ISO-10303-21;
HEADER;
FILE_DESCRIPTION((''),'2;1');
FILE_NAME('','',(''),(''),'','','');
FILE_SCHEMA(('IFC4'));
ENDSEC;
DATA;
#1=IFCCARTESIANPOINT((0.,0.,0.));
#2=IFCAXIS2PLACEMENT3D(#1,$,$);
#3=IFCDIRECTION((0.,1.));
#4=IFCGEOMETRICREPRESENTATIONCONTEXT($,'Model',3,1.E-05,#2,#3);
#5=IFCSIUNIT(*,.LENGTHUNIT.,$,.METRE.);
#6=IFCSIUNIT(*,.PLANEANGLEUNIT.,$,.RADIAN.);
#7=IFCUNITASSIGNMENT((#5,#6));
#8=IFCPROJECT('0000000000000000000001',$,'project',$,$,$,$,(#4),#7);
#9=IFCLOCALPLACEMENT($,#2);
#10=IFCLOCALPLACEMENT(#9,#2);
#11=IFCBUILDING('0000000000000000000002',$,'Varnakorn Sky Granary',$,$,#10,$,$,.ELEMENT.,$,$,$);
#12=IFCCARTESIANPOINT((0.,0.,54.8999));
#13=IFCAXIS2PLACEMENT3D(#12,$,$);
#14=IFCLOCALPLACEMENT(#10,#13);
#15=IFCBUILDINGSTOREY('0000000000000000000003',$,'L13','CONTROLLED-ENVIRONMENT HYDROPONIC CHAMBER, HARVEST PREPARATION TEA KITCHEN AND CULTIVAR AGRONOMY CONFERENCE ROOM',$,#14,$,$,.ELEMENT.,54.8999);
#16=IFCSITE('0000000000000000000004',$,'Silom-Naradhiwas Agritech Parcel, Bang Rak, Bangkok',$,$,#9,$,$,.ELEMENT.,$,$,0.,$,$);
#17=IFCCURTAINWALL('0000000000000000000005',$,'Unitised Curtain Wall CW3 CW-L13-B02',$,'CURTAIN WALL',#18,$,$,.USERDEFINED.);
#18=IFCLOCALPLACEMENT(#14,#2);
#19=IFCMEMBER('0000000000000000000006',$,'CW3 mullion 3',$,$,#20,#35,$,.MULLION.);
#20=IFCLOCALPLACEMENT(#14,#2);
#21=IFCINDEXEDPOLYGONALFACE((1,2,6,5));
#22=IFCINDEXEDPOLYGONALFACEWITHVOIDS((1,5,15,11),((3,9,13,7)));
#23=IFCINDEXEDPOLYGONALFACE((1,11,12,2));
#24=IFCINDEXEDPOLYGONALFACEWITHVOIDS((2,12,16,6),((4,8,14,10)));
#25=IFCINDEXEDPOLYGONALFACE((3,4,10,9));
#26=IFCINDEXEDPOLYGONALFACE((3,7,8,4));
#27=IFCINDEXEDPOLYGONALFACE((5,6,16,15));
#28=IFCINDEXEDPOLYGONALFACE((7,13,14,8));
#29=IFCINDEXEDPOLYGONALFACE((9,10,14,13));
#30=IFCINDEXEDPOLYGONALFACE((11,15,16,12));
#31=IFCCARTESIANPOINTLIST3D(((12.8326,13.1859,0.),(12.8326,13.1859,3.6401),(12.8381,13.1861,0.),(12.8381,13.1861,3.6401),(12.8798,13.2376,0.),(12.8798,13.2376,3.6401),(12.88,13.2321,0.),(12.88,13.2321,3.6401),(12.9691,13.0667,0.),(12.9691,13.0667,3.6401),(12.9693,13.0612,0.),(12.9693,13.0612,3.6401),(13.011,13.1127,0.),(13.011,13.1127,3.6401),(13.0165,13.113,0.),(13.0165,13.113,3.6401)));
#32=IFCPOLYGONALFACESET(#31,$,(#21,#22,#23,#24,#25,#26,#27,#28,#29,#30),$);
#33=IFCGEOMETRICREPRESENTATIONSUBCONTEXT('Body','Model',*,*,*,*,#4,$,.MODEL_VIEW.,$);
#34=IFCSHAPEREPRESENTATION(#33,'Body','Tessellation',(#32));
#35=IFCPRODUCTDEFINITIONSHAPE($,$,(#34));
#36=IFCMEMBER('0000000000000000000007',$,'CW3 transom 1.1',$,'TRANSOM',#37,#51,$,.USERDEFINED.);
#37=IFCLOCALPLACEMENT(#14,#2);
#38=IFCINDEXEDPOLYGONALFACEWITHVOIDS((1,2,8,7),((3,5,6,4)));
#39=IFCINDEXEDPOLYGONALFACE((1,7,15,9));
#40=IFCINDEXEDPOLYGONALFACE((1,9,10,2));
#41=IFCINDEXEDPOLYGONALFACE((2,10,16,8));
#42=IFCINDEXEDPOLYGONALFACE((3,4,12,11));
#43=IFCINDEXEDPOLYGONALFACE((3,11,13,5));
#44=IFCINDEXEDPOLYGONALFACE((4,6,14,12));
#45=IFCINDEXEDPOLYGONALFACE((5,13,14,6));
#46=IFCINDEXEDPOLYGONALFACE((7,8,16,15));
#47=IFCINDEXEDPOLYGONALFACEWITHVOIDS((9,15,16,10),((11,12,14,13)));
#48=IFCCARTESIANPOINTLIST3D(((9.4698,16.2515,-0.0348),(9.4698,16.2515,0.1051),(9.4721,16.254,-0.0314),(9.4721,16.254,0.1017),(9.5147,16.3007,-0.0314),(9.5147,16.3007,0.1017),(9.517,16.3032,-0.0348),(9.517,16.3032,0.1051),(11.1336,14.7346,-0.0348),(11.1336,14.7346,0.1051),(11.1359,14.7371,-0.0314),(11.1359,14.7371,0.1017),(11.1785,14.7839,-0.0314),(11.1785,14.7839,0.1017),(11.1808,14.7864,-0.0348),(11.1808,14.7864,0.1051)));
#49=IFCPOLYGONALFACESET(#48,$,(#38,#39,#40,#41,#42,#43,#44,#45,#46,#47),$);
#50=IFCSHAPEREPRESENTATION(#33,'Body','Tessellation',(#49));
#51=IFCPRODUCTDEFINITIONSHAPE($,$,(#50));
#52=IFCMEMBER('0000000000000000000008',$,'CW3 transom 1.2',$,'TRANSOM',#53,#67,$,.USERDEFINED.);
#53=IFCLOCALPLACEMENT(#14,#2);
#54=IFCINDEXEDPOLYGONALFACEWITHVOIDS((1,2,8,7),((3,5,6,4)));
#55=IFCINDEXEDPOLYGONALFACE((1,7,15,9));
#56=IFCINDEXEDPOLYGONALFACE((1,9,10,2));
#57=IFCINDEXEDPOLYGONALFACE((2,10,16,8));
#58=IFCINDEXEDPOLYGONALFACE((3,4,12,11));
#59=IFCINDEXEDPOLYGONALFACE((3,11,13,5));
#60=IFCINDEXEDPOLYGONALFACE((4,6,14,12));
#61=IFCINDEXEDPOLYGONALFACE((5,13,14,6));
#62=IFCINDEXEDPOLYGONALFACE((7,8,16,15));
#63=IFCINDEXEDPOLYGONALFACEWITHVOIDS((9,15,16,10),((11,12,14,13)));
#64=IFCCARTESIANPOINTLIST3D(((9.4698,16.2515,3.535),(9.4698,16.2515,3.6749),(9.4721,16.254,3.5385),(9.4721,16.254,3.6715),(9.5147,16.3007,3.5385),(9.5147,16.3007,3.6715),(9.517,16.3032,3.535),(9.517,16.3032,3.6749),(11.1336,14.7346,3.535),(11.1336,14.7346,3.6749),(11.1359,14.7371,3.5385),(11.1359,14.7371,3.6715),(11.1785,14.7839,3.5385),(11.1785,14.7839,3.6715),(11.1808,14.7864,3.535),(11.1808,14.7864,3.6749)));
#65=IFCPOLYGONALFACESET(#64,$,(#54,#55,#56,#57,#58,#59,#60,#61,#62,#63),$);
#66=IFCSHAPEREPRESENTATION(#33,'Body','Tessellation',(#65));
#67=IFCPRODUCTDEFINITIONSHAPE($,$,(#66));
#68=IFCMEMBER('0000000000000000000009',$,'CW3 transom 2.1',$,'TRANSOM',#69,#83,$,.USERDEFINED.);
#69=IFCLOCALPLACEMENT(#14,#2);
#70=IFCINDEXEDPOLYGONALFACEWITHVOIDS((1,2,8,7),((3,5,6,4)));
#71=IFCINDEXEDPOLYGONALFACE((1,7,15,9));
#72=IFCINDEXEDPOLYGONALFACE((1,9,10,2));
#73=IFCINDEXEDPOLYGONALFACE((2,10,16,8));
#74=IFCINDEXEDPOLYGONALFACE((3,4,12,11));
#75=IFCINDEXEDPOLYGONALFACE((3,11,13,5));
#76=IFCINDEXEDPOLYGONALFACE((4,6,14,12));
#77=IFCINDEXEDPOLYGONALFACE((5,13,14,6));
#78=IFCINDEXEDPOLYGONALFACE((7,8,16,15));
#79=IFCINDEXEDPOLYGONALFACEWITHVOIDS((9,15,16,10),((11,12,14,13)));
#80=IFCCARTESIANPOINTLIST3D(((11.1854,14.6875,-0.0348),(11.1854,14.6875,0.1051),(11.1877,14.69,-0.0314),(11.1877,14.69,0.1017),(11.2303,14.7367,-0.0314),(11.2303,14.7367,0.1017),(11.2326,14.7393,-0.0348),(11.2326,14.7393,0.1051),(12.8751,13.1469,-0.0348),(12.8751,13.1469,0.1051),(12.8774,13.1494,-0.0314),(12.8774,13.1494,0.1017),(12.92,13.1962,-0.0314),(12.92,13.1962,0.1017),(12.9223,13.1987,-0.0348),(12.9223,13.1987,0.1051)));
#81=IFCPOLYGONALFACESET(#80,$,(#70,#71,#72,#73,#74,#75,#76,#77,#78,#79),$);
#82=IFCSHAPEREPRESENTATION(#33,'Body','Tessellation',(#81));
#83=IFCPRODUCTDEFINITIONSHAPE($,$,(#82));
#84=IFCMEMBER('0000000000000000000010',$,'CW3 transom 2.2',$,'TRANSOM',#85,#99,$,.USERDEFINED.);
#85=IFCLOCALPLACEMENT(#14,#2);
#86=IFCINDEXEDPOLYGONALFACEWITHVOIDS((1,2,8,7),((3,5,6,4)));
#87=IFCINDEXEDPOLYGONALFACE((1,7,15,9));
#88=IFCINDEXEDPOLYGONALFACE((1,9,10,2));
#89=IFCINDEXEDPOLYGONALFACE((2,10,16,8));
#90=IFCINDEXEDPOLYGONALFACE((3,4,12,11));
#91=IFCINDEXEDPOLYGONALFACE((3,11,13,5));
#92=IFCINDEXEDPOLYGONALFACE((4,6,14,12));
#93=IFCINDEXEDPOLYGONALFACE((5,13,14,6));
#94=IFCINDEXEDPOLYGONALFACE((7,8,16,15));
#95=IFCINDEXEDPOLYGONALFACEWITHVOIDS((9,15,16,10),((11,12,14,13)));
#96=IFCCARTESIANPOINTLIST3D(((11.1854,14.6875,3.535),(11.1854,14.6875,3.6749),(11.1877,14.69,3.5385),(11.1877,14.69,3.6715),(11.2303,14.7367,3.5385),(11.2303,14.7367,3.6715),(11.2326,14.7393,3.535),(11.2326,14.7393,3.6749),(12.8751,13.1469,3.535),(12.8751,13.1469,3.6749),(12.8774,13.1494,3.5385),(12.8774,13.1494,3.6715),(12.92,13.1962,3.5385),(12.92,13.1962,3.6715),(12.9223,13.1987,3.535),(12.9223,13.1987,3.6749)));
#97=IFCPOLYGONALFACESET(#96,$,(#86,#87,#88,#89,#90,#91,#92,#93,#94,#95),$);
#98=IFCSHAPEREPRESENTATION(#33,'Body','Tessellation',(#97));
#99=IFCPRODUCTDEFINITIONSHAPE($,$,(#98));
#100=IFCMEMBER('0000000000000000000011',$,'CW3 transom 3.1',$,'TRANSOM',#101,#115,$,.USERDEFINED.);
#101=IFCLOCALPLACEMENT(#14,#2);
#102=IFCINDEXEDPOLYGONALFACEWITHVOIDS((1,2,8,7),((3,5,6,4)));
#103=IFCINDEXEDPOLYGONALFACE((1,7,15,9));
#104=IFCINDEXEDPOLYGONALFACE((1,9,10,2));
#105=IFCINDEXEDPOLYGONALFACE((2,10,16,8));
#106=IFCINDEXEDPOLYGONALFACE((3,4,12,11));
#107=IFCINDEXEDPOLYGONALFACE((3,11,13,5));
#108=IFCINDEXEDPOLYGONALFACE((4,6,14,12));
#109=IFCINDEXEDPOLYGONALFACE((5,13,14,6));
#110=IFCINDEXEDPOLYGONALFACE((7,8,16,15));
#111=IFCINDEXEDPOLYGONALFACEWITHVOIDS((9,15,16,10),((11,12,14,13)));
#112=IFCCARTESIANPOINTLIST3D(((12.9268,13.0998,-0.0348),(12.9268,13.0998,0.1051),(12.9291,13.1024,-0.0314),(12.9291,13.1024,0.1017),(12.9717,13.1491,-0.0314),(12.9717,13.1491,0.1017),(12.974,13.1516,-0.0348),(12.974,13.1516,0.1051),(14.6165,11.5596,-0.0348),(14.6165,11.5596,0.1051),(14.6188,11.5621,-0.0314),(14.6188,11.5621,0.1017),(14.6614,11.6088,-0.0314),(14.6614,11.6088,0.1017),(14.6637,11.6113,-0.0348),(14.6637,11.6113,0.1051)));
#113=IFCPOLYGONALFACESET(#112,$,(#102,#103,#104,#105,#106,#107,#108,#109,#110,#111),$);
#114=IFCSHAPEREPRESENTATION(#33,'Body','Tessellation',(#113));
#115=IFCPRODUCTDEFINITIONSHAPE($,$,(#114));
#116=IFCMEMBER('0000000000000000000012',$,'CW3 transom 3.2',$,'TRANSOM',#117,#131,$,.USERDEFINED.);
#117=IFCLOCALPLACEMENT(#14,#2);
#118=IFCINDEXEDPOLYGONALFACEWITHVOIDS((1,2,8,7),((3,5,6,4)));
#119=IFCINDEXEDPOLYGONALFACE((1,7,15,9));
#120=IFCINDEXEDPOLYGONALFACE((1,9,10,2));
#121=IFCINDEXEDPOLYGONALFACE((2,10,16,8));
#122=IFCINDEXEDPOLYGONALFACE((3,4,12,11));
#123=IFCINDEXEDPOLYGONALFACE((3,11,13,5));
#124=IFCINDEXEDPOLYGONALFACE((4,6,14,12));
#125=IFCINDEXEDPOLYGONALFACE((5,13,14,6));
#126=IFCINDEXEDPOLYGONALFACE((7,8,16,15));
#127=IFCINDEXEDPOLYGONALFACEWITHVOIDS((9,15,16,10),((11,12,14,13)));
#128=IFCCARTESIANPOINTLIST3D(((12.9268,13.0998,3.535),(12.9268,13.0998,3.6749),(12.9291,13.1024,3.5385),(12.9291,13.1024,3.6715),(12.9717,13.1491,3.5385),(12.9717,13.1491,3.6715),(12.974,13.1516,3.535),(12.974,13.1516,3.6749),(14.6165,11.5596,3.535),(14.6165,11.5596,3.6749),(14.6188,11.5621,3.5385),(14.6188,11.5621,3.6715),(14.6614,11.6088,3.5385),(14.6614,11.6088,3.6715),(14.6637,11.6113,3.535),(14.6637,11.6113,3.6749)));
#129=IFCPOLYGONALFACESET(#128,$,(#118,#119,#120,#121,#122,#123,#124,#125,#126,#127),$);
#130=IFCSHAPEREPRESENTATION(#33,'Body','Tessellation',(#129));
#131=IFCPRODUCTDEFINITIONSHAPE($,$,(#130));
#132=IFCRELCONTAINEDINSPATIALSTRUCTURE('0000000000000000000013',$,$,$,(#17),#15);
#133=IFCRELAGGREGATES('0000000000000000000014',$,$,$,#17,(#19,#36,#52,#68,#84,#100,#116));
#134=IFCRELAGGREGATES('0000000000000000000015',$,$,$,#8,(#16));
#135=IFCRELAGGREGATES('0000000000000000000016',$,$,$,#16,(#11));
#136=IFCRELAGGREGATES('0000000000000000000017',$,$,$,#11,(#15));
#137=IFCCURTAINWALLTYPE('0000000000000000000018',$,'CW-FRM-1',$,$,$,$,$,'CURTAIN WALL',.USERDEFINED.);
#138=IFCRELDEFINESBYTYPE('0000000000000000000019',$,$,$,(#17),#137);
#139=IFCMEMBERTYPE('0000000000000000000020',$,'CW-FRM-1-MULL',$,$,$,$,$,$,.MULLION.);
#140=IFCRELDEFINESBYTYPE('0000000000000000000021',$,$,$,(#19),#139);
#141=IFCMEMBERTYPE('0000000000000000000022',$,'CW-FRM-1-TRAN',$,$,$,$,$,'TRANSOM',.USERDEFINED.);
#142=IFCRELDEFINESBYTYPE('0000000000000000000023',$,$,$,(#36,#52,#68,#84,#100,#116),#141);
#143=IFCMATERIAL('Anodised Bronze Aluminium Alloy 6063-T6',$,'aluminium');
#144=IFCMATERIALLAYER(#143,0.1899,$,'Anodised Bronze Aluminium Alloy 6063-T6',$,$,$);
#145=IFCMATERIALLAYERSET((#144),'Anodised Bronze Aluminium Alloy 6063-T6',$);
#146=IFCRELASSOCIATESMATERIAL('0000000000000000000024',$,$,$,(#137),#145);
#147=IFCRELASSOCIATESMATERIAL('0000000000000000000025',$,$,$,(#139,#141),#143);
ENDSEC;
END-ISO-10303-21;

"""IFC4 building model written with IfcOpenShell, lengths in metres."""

from ifc_helpers import new_model, si_unit, direction, frame, origin, origin_2d, place, context, subcontext, project, spatial, hollow_rectangle, extrude, material, layer, layer_set, material_profile, profile_set, type_object, element, aggregate, save


model = new_model("IFC4")

# Units and contexts
model_context = context("Model", 3, precision=1e-05, world=origin(), true_north=direction((0.0, 1.0)))
body_context = subcontext(model_context, "Body", "Model", "MODEL_VIEW")
ifc_project = project(units=[si_unit("LENGTHUNIT", "METRE"), si_unit("PLANEANGLEUNIT", "RADIAN")], contexts=[model_context])

# Site, building, storey
site_placement = place(None, origin())
site = spatial("IfcSite", under=ifc_project, at=site_placement, Name="Silom-Naradhiwas Agritech Parcel, Bang Rak, Bangkok", CompositionType="ELEMENT", RefElevation=0.0)
building_placement = place(site_placement, origin())
building = spatial("IfcBuilding", under=site, at=building_placement, Name="Varnakorn Sky Granary", CompositionType="ELEMENT")
storey_placement = place(building_placement, frame((0.0, 0.0, 54.8999)))
storey = spatial("IfcBuildingStorey", under=building, at=storey_placement, Name="L13", Description="CONTROLLED-ENVIRONMENT HYDROPONIC CHAMBER, HARVEST PREPARATION TEA KITCHEN AND CULTIVAR AGRONOMY CONFERENCE ROOM", CompositionType="ELEMENT", Elevation=54.8999)

# Curtain wall, members
ifc_material_1 = material(Name="Anodised Bronze Aluminium Alloy 6063-T6", Category="aluminium")
ifc_layer_1 = layer(ifc_material_1, 0.1899, Name="Anodised Bronze Aluminium Alloy 6063-T6")
ifc_layer_set_1 = layer_set([ifc_layer_1], Name="Anodised Bronze Aluminium Alloy 6063-T6")
curtain_wall_type = type_object("IfcCurtainWallType", Name="CW-FRM-1", ElementType="CURTAIN WALL", PredefinedType="USERDEFINED", material=ifc_layer_set_1)
curtain_wall_placement = place(storey_placement, origin())
curtain_wall = element("IfcCurtainWall", 1, at=curtain_wall_placement, inside=storey, type_object=curtain_wall_type, Name="Unitised Curtain Wall CW3 CW-L13-B02", ObjectType="CURTAIN WALL", PredefinedType="USERDEFINED")
ifc_material_profile_1 = material_profile(ifc_material_1, hollow_rectangle(XDim=0.0701, YDim=0.1851, WallThickness=0.0039, at=origin_2d()), Name="ALU MULL 70x185")
ifc_profile_set_1 = profile_set([ifc_material_profile_1], Name="Anodised Bronze Aluminium Alloy 6063-T6")
member_type_1 = type_object("IfcMemberType", Name="CW-FRM-1-MULL", PredefinedType="MULLION", material=ifc_profile_set_1)
member_1_placement = place(storey_placement, frame((12.9246, 13.1494, 0.0), z_axis=(0.0, 0.0, 1.0), x_axis=(0.673687, 0.739017, 0.0)))
member_1 = element("IfcMember", 2, at=member_1_placement, type_object=member_type_1, Name="CW3 mullion 3", PredefinedType="MULLION", context=body_context, shape_type="SweptSolid", body=[
    extrude(hollow_rectangle(XDim=0.0701, YDim=0.1851, WallThickness=0.0039, at=origin_2d()), origin(), (0.0, 0.0, 1.0), 3.6401),
])
ifc_material_profile_2 = material_profile(ifc_material_1, hollow_rectangle(XDim=0.0701, YDim=0.1399, WallThickness=0.0034, at=origin_2d()), Name="ALU TRAN 70x140")
ifc_profile_set_2 = profile_set([ifc_material_profile_2], Name="Anodised Bronze Aluminium Alloy 6063-T6")
member_type_2 = type_object("IfcMemberType", Name="CW-FRM-1-TRAN", ElementType="TRANSOM", PredefinedType="USERDEFINED", material=ifc_profile_set_2)
member_2_placement = place(storey_placement, frame((9.4934, 16.2773, 0.0352), z_axis=(0.738992, -0.673714, 0.0), x_axis=(0.673714, 0.738992, 0.0)))
member_2 = element("IfcMember", 3, at=member_2_placement, type_object=member_type_2, Name="CW3 transom 1.1", ObjectType="TRANSOM", PredefinedType="USERDEFINED", context=body_context, shape_type="SweptSolid", body=[
    extrude(hollow_rectangle(XDim=0.0701, YDim=0.1399, WallThickness=0.0034, at=origin_2d()), origin(), (0.0, 0.0, 1.0), 2.2515),
])
member_3_placement = place(storey_placement, frame((9.4934, 16.2773, 3.605), z_axis=(0.738992, -0.673714, 0.0), x_axis=(0.673714, 0.738992, 0.0)))
member_3 = element("IfcMember", 4, at=member_3_placement, type_object=member_type_2, Name="CW3 transom 1.2", ObjectType="TRANSOM", PredefinedType="USERDEFINED", context=body_context, shape_type="SweptSolid", body=[
    extrude(hollow_rectangle(XDim=0.0701, YDim=0.1399, WallThickness=0.0034, at=origin_2d()), origin(), (0.0, 0.0, 1.0), 2.2515),
])
member_4_placement = place(storey_placement, frame((11.209, 14.7134, 0.0352), z_axis=(0.738973, -0.673735, 0.0), x_axis=(0.673735, 0.738973, 0.0)))
member_4 = element("IfcMember", 5, at=member_4_placement, type_object=member_type_2, Name="CW3 transom 2.1", ObjectType="TRANSOM", PredefinedType="USERDEFINED", context=body_context, shape_type="SweptSolid", body=[
    extrude(hollow_rectangle(XDim=0.0701, YDim=0.1399, WallThickness=0.0034, at=origin_2d()), origin(), (0.0, 0.0, 1.0), 2.2866),
])
member_5_placement = place(storey_placement, frame((11.209, 14.7134, 3.605), z_axis=(0.738973, -0.673735, 0.0), x_axis=(0.673735, 0.738973, 0.0)))
member_5 = element("IfcMember", 6, at=member_5_placement, type_object=member_type_2, Name="CW3 transom 2.2", ObjectType="TRANSOM", PredefinedType="USERDEFINED", context=body_context, shape_type="SweptSolid", body=[
    extrude(hollow_rectangle(XDim=0.0701, YDim=0.1399, WallThickness=0.0034, at=origin_2d()), origin(), (0.0, 0.0, 1.0), 2.2866),
])
member_6_placement = place(storey_placement, frame((12.9504, 13.1257, 0.0352), z_axis=(0.739026, -0.673677, 0.0), x_axis=(0.673677, 0.739026, 0.0)))
member_6 = element("IfcMember", 7, at=member_6_placement, type_object=member_type_2, Name="CW3 transom 3.1", ObjectType="TRANSOM", PredefinedType="USERDEFINED", context=body_context, shape_type="SweptSolid", body=[
    extrude(hollow_rectangle(XDim=0.0701, YDim=0.1399, WallThickness=0.0034, at=origin_2d()), origin(), (0.0, 0.0, 1.0), 2.2864),
])
member_7_placement = place(storey_placement, frame((12.9504, 13.1257, 3.605), z_axis=(0.739026, -0.673677, 0.0), x_axis=(0.673677, 0.739026, 0.0)))
member_7 = element("IfcMember", 8, at=member_7_placement, type_object=member_type_2, Name="CW3 transom 3.2", ObjectType="TRANSOM", PredefinedType="USERDEFINED", context=body_context, shape_type="SweptSolid", body=[
    extrude(hollow_rectangle(XDim=0.0701, YDim=0.1399, WallThickness=0.0034, at=origin_2d()), origin(), (0.0, 0.0, 1.0), 2.2864),
])

aggregate(curtain_wall, [member_1, member_2, member_3, member_4, member_5, member_6, member_7])

save(model, "model.ifc")
